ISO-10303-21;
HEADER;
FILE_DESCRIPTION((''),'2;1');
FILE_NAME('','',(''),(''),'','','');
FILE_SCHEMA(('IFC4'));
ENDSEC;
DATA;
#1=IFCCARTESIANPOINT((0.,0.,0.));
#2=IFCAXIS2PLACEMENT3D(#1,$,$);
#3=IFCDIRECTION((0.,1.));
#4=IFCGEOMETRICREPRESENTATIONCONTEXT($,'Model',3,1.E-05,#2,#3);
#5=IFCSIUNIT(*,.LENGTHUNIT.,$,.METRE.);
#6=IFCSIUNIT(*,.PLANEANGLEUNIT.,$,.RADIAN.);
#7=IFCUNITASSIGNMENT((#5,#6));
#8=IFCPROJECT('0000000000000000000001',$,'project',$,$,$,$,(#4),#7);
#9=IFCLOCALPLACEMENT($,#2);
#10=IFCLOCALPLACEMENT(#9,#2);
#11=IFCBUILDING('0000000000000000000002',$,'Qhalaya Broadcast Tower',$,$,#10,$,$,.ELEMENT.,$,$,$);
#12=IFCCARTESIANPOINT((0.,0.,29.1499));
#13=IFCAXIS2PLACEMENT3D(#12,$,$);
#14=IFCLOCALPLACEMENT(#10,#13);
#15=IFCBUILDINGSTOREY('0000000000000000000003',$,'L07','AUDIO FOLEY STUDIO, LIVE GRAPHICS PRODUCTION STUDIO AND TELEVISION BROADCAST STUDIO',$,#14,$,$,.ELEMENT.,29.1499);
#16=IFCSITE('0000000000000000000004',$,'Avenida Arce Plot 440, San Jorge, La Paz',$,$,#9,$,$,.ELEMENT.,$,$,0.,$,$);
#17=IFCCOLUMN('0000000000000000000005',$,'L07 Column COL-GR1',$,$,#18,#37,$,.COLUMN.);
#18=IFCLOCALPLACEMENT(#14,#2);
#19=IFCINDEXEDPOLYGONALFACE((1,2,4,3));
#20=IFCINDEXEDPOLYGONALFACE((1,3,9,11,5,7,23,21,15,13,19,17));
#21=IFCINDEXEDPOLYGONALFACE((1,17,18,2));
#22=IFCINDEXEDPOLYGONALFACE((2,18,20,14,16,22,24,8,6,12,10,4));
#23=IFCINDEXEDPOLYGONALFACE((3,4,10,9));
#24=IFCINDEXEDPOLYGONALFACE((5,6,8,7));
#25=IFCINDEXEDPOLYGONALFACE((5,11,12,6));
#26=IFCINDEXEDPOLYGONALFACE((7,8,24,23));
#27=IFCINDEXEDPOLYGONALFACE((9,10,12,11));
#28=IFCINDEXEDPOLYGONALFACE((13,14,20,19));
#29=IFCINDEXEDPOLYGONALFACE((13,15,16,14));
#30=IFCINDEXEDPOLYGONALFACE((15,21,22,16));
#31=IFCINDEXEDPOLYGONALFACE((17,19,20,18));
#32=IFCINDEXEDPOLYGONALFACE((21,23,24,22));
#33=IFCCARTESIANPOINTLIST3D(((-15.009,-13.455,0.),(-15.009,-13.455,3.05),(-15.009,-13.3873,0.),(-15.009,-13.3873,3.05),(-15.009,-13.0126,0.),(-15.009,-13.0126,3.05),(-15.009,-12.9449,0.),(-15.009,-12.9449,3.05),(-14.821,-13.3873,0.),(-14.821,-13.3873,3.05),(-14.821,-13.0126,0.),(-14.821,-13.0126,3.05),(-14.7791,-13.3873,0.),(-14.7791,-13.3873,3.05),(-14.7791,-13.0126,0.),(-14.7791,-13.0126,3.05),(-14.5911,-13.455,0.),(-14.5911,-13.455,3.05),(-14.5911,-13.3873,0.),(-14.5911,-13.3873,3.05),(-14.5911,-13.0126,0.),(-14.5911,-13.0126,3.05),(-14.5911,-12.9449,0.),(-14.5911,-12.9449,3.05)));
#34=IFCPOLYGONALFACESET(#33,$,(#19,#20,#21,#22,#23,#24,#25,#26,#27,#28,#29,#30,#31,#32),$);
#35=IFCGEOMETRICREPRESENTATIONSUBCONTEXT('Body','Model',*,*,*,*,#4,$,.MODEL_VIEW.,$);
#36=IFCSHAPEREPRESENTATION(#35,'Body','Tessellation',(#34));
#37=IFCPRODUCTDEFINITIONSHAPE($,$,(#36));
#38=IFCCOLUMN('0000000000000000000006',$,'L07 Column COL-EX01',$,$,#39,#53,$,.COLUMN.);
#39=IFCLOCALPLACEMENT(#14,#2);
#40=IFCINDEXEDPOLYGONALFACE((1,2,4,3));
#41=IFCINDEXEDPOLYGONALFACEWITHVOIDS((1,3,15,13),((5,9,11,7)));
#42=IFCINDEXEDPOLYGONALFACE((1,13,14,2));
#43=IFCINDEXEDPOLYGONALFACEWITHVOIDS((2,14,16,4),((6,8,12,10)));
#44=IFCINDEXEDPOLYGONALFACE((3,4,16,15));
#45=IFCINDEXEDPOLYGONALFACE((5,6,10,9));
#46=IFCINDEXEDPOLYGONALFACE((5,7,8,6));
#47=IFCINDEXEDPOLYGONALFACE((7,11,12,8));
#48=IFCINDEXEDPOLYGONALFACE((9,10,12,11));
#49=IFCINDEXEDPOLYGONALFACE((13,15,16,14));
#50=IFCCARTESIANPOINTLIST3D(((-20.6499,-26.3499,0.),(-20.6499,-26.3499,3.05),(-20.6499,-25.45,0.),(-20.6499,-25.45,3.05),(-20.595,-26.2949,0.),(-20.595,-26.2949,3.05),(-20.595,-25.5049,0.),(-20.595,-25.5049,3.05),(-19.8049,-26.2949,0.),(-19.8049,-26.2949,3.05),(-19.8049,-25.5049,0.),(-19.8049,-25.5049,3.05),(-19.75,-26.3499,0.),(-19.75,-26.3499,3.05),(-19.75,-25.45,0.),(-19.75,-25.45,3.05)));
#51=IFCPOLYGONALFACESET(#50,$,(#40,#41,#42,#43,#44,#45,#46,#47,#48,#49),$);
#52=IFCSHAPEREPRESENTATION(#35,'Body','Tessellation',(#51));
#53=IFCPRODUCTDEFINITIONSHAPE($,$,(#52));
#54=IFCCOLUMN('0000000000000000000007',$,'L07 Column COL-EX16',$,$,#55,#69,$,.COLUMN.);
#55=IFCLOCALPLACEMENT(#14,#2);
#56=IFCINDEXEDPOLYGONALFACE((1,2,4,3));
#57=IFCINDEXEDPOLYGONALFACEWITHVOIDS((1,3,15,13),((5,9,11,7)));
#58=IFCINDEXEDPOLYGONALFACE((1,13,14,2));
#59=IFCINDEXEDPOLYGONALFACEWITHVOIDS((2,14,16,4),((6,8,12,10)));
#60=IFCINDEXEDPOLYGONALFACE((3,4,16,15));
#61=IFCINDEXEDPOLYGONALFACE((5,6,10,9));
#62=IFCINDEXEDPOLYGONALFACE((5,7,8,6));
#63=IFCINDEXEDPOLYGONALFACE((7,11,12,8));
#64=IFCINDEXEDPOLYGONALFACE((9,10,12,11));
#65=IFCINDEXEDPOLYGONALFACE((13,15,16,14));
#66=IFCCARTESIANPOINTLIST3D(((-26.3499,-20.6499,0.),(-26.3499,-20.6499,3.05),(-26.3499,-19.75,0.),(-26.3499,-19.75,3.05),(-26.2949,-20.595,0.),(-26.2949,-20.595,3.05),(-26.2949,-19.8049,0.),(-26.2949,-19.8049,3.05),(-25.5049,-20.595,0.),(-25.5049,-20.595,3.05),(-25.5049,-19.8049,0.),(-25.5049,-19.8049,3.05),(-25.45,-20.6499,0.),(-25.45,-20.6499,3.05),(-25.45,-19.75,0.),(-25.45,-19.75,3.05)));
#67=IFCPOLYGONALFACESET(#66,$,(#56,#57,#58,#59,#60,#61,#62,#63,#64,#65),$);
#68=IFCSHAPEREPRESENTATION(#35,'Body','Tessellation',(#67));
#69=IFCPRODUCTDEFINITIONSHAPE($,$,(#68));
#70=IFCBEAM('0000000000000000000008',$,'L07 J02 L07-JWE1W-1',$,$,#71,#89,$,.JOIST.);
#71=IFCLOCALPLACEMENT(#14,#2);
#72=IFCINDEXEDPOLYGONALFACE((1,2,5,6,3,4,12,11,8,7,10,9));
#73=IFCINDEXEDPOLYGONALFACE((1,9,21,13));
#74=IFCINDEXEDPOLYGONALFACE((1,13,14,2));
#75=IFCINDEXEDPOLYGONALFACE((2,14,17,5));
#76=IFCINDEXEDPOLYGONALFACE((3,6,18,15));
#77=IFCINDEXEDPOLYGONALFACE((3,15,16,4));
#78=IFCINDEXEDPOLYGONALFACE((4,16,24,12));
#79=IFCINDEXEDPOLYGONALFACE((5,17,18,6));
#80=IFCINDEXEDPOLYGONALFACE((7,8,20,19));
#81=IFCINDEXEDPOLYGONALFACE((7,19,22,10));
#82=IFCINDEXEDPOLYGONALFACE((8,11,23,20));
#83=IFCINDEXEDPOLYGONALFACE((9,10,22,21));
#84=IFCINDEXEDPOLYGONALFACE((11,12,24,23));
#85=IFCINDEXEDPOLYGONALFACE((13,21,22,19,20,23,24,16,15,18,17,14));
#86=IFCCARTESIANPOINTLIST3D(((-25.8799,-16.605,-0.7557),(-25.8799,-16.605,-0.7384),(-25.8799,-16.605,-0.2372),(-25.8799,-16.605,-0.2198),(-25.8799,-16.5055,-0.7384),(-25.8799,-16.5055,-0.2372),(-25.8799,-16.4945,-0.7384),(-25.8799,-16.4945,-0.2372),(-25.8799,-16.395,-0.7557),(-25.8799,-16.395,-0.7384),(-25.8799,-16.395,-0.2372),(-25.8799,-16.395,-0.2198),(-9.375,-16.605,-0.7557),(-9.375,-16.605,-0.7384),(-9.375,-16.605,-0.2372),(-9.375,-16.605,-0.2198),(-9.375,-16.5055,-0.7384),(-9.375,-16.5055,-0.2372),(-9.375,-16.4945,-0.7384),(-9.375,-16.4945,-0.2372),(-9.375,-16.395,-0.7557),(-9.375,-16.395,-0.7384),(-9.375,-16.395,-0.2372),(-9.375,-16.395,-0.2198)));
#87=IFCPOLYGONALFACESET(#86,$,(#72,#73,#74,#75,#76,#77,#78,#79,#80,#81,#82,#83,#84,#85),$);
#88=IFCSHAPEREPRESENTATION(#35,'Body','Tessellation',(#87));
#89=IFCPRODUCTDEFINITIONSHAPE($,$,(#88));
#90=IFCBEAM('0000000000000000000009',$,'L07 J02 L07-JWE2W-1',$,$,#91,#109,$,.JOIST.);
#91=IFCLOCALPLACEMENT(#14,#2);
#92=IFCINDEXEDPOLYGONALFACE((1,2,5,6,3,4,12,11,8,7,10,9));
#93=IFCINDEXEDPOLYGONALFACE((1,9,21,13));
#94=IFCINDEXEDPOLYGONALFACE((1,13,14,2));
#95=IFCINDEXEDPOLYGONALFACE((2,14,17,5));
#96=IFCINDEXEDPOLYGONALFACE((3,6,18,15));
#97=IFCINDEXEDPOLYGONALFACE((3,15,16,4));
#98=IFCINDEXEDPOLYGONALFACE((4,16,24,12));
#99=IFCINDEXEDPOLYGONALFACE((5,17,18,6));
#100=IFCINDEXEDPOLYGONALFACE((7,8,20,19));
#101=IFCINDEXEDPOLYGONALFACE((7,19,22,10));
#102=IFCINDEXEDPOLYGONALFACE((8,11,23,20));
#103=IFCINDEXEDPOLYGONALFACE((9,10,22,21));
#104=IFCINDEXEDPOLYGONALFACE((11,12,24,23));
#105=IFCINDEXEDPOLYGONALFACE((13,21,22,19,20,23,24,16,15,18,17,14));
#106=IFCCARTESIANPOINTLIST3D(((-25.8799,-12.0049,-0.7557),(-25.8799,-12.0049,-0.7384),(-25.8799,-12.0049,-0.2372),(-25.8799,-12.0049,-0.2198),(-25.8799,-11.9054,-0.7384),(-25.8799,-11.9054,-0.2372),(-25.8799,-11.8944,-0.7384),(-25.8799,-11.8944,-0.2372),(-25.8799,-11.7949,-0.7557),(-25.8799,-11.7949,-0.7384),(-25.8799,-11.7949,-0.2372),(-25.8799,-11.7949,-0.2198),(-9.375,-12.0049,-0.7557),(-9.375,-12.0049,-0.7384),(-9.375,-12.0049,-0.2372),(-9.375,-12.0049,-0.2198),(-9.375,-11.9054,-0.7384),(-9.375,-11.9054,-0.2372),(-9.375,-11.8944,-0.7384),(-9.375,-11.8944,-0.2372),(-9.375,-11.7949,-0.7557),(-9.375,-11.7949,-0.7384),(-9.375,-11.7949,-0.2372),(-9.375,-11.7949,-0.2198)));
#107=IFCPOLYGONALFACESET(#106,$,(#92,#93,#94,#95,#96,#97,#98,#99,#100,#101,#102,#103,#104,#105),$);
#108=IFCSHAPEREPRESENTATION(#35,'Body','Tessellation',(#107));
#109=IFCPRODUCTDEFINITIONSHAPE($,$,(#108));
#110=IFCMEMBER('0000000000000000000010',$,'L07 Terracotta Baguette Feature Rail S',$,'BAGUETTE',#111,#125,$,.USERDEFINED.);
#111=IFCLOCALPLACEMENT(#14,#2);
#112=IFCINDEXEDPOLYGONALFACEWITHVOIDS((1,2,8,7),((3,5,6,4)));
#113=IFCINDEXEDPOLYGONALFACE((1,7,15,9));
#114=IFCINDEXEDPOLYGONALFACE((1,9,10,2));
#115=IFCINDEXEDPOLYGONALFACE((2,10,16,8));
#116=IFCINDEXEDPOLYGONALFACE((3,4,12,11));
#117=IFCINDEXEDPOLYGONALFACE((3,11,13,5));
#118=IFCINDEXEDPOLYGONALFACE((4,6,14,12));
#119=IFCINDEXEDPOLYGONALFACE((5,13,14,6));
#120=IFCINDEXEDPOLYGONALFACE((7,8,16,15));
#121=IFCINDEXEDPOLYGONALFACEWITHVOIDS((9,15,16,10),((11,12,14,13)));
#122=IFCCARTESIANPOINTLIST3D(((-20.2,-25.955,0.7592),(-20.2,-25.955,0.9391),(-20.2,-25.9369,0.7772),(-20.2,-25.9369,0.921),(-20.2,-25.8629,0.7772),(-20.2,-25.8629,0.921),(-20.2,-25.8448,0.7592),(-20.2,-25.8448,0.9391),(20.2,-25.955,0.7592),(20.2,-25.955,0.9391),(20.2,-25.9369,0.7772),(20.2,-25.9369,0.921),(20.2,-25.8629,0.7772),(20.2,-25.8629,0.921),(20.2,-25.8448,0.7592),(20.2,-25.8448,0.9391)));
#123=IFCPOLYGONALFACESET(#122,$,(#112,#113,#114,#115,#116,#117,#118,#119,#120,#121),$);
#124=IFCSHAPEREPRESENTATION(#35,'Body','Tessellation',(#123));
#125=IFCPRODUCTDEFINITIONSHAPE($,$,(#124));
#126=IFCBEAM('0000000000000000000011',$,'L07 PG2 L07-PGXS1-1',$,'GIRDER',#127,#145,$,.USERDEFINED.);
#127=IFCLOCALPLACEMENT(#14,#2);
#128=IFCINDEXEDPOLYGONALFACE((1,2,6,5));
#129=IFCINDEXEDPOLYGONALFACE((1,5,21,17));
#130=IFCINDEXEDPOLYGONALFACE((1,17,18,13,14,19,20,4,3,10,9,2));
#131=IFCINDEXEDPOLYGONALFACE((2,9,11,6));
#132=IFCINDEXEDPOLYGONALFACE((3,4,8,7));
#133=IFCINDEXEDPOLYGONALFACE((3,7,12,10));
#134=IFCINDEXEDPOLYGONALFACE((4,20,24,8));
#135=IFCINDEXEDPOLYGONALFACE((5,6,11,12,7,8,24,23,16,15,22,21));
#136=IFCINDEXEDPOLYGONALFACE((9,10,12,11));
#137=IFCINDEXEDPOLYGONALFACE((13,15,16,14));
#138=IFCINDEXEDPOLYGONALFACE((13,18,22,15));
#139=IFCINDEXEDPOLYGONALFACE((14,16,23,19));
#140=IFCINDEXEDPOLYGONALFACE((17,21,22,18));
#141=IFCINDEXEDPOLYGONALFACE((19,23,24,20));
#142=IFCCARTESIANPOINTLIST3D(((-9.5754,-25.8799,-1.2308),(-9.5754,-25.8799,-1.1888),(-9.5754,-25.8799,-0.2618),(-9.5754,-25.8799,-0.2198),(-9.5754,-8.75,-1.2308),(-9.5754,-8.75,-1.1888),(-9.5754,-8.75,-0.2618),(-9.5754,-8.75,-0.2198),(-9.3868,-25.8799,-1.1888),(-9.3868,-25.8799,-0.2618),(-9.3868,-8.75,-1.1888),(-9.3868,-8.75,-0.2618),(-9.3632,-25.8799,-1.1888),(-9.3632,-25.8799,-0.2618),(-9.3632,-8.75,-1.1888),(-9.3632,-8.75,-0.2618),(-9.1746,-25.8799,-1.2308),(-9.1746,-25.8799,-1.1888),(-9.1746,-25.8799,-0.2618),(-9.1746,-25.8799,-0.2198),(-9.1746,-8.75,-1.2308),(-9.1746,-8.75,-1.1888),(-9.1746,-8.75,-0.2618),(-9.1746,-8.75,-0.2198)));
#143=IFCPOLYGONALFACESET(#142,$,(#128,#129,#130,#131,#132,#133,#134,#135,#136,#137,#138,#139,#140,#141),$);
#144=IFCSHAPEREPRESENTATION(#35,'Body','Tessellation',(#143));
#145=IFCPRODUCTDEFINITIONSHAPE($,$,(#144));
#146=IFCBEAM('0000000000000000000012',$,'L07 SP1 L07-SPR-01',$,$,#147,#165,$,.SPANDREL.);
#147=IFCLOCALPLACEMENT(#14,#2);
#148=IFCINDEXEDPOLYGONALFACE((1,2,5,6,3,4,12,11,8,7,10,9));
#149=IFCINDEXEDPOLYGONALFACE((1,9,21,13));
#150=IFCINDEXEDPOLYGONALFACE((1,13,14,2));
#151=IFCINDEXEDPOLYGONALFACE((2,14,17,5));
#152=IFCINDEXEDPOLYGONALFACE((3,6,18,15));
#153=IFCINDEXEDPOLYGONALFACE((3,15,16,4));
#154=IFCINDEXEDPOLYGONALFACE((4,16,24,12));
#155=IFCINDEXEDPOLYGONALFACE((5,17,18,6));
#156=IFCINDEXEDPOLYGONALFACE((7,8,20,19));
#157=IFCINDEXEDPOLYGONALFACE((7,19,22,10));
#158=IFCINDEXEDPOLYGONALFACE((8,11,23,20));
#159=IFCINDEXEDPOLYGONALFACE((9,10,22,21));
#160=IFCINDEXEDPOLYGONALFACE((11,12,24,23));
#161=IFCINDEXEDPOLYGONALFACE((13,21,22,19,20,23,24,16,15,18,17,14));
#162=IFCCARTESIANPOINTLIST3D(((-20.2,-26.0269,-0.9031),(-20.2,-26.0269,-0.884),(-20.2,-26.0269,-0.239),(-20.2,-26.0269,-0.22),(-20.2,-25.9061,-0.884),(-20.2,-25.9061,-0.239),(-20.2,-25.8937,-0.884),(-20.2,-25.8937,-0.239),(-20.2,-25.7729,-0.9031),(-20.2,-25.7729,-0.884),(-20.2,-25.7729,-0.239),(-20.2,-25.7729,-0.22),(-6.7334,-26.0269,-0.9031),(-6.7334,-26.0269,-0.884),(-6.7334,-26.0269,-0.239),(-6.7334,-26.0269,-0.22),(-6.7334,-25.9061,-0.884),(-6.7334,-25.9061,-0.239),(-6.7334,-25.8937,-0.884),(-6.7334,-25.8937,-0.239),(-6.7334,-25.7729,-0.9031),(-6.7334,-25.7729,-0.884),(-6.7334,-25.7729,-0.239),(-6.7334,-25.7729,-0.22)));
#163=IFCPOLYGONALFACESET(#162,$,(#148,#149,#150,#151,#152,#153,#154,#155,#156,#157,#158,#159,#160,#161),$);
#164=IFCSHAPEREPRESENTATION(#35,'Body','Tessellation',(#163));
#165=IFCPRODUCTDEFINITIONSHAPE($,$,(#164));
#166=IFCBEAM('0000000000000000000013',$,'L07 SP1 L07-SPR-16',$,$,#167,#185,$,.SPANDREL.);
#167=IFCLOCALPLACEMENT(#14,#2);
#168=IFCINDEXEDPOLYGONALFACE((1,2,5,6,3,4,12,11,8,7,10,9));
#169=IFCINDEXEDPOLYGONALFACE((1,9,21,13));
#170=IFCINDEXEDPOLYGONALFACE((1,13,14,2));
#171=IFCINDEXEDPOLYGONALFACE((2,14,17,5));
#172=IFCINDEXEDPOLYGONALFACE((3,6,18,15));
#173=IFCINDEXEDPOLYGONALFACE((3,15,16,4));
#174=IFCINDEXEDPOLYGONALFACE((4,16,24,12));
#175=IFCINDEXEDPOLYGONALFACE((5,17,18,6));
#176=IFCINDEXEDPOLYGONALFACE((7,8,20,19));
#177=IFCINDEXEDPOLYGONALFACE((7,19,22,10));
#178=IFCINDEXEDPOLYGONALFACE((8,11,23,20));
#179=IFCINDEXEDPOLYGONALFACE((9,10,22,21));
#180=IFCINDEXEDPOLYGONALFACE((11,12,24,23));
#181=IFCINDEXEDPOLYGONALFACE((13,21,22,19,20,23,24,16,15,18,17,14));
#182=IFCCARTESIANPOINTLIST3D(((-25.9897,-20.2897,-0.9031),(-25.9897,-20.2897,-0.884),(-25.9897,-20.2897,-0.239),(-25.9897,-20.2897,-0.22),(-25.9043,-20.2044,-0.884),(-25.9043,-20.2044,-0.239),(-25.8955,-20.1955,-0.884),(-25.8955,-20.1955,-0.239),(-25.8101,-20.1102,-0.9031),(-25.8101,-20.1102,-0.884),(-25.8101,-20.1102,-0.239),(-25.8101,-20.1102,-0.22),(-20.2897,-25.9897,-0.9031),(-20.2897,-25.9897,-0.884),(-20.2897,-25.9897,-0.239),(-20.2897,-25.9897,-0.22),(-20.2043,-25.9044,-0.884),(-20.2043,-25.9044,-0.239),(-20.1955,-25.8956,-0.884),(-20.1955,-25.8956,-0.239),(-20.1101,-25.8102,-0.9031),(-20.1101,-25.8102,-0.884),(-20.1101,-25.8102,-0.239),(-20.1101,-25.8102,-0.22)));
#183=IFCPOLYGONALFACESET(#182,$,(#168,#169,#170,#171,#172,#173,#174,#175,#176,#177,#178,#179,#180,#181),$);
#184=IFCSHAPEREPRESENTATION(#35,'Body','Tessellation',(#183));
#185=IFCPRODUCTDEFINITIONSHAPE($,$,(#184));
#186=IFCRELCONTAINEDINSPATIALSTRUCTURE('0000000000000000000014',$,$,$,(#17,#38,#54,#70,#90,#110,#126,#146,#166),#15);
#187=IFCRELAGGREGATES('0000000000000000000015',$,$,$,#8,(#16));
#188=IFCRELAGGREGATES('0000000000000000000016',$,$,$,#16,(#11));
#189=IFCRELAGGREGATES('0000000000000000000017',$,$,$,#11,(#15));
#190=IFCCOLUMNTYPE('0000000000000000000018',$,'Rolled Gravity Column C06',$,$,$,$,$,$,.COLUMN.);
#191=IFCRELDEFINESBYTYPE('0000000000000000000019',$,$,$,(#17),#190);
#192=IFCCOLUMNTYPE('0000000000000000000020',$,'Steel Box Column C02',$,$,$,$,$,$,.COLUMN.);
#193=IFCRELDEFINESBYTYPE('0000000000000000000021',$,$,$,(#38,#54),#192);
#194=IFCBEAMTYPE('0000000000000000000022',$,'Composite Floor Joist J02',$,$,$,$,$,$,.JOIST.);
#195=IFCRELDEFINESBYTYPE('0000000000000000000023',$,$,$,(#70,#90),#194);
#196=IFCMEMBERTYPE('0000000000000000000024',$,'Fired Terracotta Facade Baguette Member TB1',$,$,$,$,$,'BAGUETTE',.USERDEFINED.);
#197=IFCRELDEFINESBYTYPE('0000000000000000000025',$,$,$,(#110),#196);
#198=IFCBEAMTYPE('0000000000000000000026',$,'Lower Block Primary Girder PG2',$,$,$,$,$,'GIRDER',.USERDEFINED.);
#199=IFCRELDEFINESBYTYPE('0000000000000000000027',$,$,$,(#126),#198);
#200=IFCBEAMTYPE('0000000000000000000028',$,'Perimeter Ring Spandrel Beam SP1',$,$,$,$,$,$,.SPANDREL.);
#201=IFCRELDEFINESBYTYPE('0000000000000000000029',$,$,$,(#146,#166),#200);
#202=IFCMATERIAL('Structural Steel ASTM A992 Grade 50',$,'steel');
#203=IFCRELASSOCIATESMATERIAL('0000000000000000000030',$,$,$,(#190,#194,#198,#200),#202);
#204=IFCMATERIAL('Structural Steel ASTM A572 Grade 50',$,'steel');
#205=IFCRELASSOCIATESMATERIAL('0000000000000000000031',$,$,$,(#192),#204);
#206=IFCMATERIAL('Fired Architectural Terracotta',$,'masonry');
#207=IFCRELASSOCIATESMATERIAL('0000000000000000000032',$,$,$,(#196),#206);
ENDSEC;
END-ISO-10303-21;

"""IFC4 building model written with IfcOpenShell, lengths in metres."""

from ifc_helpers import new_model, si_unit, direction, frame, origin, origin_2d, place, context, subcontext, project, spatial, hollow_rectangle, i_section, extrude, material, material_profile, profile_set, type_object, element, save


model = new_model("IFC4")

# Units and contexts
model_context = context("Model", 3, precision=1e-05, world=origin(), true_north=direction((0.0, 1.0)))
body_context = subcontext(model_context, "Body", "Model", "MODEL_VIEW")
ifc_project = project(units=[si_unit("LENGTHUNIT", "METRE"), si_unit("PLANEANGLEUNIT", "RADIAN")], contexts=[model_context])

# Site, building, storey
site_placement = place(None, origin())
site = spatial("IfcSite", under=ifc_project, at=site_placement, Name="Avenida Arce Plot 440, San Jorge, La Paz", CompositionType="ELEMENT", RefElevation=0.0)
building_placement = place(site_placement, origin())
building = spatial("IfcBuilding", under=site, at=building_placement, Name="Qhalaya Broadcast Tower", CompositionType="ELEMENT")
storey_placement = place(building_placement, frame((0.0, 0.0, 29.1499)))
storey = spatial("IfcBuildingStorey", under=building, at=storey_placement, Name="L07", Description="AUDIO FOLEY STUDIO, LIVE GRAPHICS PRODUCTION STUDIO AND TELEVISION BROADCAST STUDIO", CompositionType="ELEMENT", Elevation=29.1499)

# Columns
ifc_material_1 = material(Name="Structural Steel ASTM A992 Grade 50", Category="steel")
ifc_material_profile_1 = material_profile(ifc_material_1, i_section(OverallWidth=0.418, OverallDepth=0.51, WebThickness=0.042, FlangeThickness=0.0676, at=origin_2d()), Name="W14X370")
ifc_profile_set_1 = profile_set([ifc_material_profile_1], Name="Structural Steel ASTM A992 Grade 50")
column_type_1 = type_object("IfcColumnType", Name="Rolled Gravity Column C06", PredefinedType="COLUMN", material=ifc_profile_set_1)
column_placement = place(storey_placement, frame((-14.8, -13.2, 0.0), z_axis=(0.0, 0.0, 1.0), x_axis=(1.0, 0.0, 0.0)))
element("IfcColumn", 1, at=column_placement, inside=storey, type_object=column_type_1, Name="L07 Column COL-GR1", PredefinedType="COLUMN", context=body_context, shape_type="SweptSolid", body=[
    extrude(i_section(OverallWidth=0.418, OverallDepth=0.51, WebThickness=0.042, FlangeThickness=0.0676, at=origin_2d()), origin(), (0.0, 0.0, 1.0), 3.05),
])
ifc_material_2 = material(Name="Structural Steel ASTM A572 Grade 50", Category="steel")
ifc_material_profile_2 = material_profile(ifc_material_2, hollow_rectangle(XDim=0.8999, YDim=0.8999, WallThickness=0.0549, at=origin_2d()), Name="BOX 900x900x55")
ifc_profile_set_2 = profile_set([ifc_material_profile_2], Name="Structural Steel ASTM A572 Grade 50")
column_type_2 = type_object("IfcColumnType", Name="Steel Box Column C02", PredefinedType="COLUMN", material=ifc_profile_set_2)
for number, where, z_axis, x_axis, name in (
    (2, (-20.2, -25.8999, 0.0), (0.0, 0.0, 1.0), (1.0, 0.0, 0.0), "L07 Column COL-EX01"),
    (3, (-25.8999, -20.2, 0.0), (0.0, 0.0, 1.0), (0.0, 1.0, 0.0), "L07 Column COL-EX16"),
):
    element("IfcColumn", number, at=place(storey_placement, frame(where, z_axis=z_axis, x_axis=x_axis)), inside=storey, type_object=column_type_2, Name=name, PredefinedType="COLUMN", context=body_context, shape_type="SweptSolid", body=[
        extrude(hollow_rectangle(XDim=0.8999, YDim=0.8999, WallThickness=0.0549, at=origin_2d()), origin(), (0.0, 0.0, 1.0), 3.05),
    ])

# Beams
ifc_material_profile_3 = material_profile(ifc_material_1, i_section(OverallWidth=0.21, OverallDepth=0.5359, WebThickness=0.011, FlangeThickness=0.0173, at=origin_2d()), Name="W21X68")
ifc_profile_set_3 = profile_set([ifc_material_profile_3], Name="Structural Steel ASTM A992 Grade 50")
beam_type_1 = type_object("IfcBeamType", Name="Composite Floor Joist J02", PredefinedType="JOIST", material=ifc_profile_set_3)
for number, where, z_axis, x_axis, name in (
    (4, (-25.8799, -16.5, -0.4878), (1.0, 0.0, 0.0), (0.0, 1.0, 0.0), "L07 J02 L07-JWE1W-1"),
    (5, (-25.8799, -11.8999, -0.4878), (1.0, 0.0, 0.0), (0.0, 1.0, 0.0), "L07 J02 L07-JWE2W-1"),
):
    element("IfcBeam", number, at=place(storey_placement, frame(where, z_axis=z_axis, x_axis=x_axis)), inside=storey, type_object=beam_type_1, Name=name, PredefinedType="JOIST", context=body_context, shape_type="SweptSolid", body=[
        extrude(i_section(OverallWidth=0.21, OverallDepth=0.5359, WebThickness=0.011, FlangeThickness=0.0173, at=origin_2d()), origin(), (0.0, 0.0, 1.0), 16.5049),
    ])

# Member
ifc_material_3 = material(Name="Fired Architectural Terracotta", Category="masonry")
ifc_material_profile_4 = material_profile(ifc_material_3, hollow_rectangle(XDim=0.1101, YDim=0.1799, WallThickness=0.0181, at=origin_2d()), Name="TB-BAG 110x180x18")
ifc_profile_set_4 = profile_set([ifc_material_profile_4], Name="Fired Architectural Terracotta")
member_type = type_object("IfcMemberType", Name="Fired Terracotta Facade Baguette Member TB1", ElementType="BAGUETTE", PredefinedType="USERDEFINED", material=ifc_profile_set_4)
member_placement = place(storey_placement, frame((-20.2, -25.8999, 0.8491), z_axis=(1.0, 0.0, 0.0), x_axis=(0.0, 1.0, 0.0)))
element("IfcMember", 6, at=member_placement, inside=storey, type_object=member_type, Name="L07 Terracotta Baguette Feature Rail S", ObjectType="BAGUETTE", PredefinedType="USERDEFINED", context=body_context, shape_type="SweptSolid", body=[
    extrude(hollow_rectangle(XDim=0.1101, YDim=0.1799, WallThickness=0.0181, at=origin_2d()), origin(), (0.0, 0.0, 1.0), 40.3999),
])

# Beams
ifc_material_profile_5 = material_profile(ifc_material_1, i_section(OverallWidth=0.4009, OverallDepth=1.011, WebThickness=0.0237, FlangeThickness=0.042, at=origin_2d()), Name="W40X297")
ifc_profile_set_5 = profile_set([ifc_material_profile_5], Name="Structural Steel ASTM A992 Grade 50")
beam_type_2 = type_object("IfcBeamType", Name="Lower Block Primary Girder PG2", ElementType="GIRDER", PredefinedType="USERDEFINED", material=ifc_profile_set_5)
beam_1_placement = place(storey_placement, frame((-9.375, -25.8799, -0.7253), z_axis=(0.0, 1.0, 0.0), x_axis=(-1.0, 0.0, 0.0)))
element("IfcBeam", 7, at=beam_1_placement, inside=storey, type_object=beam_type_2, Name="L07 PG2 L07-PGXS1-1", ObjectType="GIRDER", PredefinedType="USERDEFINED", context=body_context, shape_type="SweptSolid", body=[
    extrude(i_section(OverallWidth=0.4009, OverallDepth=1.011, WebThickness=0.0237, FlangeThickness=0.042, at=origin_2d()), origin(), (0.0, 0.0, 1.0), 17.1299),
])
ifc_material_profile_6 = material_profile(ifc_material_1, i_section(OverallWidth=0.2539, OverallDepth=0.6831, WebThickness=0.0125, FlangeThickness=0.019, at=origin_2d()), Name="W27X94")
ifc_profile_set_6 = profile_set([ifc_material_profile_6], Name="Structural Steel ASTM A992 Grade 50")
beam_type_3 = type_object("IfcBeamType", Name="Perimeter Ring Spandrel Beam SP1", PredefinedType="SPANDREL", material=ifc_profile_set_6)
beam_2_placement = place(storey_placement, frame((-20.2, -25.8999, -0.5615), z_axis=(1.0, 0.0, 0.0), x_axis=(0.0, 1.0, 0.0)))
element("IfcBeam", 8, at=beam_2_placement, inside=storey, type_object=beam_type_3, Name="L07 SP1 L07-SPR-01", PredefinedType="SPANDREL", context=body_context, shape_type="SweptSolid", body=[
    extrude(i_section(OverallWidth=0.2539, OverallDepth=0.6831, WebThickness=0.0125, FlangeThickness=0.019, at=origin_2d()), origin(), (0.0, 0.0, 1.0), 13.4666),
])
beam_3_placement = place(storey_placement, frame((-25.8999, -20.2, -0.5615), z_axis=(0.707107, -0.707107, 0.0), x_axis=(0.707107, 0.707107, 0.0)))
element("IfcBeam", 9, at=beam_3_placement, inside=storey, type_object=beam_type_3, Name="L07 SP1 L07-SPR-16", PredefinedType="SPANDREL", context=body_context, shape_type="SweptSolid", body=[
    extrude(i_section(OverallWidth=0.2539, OverallDepth=0.6831, WebThickness=0.0125, FlangeThickness=0.019, at=origin_2d()), origin(), (0.0, 0.0, 1.0), 8.061),
])

save(model, "model.ifc")
